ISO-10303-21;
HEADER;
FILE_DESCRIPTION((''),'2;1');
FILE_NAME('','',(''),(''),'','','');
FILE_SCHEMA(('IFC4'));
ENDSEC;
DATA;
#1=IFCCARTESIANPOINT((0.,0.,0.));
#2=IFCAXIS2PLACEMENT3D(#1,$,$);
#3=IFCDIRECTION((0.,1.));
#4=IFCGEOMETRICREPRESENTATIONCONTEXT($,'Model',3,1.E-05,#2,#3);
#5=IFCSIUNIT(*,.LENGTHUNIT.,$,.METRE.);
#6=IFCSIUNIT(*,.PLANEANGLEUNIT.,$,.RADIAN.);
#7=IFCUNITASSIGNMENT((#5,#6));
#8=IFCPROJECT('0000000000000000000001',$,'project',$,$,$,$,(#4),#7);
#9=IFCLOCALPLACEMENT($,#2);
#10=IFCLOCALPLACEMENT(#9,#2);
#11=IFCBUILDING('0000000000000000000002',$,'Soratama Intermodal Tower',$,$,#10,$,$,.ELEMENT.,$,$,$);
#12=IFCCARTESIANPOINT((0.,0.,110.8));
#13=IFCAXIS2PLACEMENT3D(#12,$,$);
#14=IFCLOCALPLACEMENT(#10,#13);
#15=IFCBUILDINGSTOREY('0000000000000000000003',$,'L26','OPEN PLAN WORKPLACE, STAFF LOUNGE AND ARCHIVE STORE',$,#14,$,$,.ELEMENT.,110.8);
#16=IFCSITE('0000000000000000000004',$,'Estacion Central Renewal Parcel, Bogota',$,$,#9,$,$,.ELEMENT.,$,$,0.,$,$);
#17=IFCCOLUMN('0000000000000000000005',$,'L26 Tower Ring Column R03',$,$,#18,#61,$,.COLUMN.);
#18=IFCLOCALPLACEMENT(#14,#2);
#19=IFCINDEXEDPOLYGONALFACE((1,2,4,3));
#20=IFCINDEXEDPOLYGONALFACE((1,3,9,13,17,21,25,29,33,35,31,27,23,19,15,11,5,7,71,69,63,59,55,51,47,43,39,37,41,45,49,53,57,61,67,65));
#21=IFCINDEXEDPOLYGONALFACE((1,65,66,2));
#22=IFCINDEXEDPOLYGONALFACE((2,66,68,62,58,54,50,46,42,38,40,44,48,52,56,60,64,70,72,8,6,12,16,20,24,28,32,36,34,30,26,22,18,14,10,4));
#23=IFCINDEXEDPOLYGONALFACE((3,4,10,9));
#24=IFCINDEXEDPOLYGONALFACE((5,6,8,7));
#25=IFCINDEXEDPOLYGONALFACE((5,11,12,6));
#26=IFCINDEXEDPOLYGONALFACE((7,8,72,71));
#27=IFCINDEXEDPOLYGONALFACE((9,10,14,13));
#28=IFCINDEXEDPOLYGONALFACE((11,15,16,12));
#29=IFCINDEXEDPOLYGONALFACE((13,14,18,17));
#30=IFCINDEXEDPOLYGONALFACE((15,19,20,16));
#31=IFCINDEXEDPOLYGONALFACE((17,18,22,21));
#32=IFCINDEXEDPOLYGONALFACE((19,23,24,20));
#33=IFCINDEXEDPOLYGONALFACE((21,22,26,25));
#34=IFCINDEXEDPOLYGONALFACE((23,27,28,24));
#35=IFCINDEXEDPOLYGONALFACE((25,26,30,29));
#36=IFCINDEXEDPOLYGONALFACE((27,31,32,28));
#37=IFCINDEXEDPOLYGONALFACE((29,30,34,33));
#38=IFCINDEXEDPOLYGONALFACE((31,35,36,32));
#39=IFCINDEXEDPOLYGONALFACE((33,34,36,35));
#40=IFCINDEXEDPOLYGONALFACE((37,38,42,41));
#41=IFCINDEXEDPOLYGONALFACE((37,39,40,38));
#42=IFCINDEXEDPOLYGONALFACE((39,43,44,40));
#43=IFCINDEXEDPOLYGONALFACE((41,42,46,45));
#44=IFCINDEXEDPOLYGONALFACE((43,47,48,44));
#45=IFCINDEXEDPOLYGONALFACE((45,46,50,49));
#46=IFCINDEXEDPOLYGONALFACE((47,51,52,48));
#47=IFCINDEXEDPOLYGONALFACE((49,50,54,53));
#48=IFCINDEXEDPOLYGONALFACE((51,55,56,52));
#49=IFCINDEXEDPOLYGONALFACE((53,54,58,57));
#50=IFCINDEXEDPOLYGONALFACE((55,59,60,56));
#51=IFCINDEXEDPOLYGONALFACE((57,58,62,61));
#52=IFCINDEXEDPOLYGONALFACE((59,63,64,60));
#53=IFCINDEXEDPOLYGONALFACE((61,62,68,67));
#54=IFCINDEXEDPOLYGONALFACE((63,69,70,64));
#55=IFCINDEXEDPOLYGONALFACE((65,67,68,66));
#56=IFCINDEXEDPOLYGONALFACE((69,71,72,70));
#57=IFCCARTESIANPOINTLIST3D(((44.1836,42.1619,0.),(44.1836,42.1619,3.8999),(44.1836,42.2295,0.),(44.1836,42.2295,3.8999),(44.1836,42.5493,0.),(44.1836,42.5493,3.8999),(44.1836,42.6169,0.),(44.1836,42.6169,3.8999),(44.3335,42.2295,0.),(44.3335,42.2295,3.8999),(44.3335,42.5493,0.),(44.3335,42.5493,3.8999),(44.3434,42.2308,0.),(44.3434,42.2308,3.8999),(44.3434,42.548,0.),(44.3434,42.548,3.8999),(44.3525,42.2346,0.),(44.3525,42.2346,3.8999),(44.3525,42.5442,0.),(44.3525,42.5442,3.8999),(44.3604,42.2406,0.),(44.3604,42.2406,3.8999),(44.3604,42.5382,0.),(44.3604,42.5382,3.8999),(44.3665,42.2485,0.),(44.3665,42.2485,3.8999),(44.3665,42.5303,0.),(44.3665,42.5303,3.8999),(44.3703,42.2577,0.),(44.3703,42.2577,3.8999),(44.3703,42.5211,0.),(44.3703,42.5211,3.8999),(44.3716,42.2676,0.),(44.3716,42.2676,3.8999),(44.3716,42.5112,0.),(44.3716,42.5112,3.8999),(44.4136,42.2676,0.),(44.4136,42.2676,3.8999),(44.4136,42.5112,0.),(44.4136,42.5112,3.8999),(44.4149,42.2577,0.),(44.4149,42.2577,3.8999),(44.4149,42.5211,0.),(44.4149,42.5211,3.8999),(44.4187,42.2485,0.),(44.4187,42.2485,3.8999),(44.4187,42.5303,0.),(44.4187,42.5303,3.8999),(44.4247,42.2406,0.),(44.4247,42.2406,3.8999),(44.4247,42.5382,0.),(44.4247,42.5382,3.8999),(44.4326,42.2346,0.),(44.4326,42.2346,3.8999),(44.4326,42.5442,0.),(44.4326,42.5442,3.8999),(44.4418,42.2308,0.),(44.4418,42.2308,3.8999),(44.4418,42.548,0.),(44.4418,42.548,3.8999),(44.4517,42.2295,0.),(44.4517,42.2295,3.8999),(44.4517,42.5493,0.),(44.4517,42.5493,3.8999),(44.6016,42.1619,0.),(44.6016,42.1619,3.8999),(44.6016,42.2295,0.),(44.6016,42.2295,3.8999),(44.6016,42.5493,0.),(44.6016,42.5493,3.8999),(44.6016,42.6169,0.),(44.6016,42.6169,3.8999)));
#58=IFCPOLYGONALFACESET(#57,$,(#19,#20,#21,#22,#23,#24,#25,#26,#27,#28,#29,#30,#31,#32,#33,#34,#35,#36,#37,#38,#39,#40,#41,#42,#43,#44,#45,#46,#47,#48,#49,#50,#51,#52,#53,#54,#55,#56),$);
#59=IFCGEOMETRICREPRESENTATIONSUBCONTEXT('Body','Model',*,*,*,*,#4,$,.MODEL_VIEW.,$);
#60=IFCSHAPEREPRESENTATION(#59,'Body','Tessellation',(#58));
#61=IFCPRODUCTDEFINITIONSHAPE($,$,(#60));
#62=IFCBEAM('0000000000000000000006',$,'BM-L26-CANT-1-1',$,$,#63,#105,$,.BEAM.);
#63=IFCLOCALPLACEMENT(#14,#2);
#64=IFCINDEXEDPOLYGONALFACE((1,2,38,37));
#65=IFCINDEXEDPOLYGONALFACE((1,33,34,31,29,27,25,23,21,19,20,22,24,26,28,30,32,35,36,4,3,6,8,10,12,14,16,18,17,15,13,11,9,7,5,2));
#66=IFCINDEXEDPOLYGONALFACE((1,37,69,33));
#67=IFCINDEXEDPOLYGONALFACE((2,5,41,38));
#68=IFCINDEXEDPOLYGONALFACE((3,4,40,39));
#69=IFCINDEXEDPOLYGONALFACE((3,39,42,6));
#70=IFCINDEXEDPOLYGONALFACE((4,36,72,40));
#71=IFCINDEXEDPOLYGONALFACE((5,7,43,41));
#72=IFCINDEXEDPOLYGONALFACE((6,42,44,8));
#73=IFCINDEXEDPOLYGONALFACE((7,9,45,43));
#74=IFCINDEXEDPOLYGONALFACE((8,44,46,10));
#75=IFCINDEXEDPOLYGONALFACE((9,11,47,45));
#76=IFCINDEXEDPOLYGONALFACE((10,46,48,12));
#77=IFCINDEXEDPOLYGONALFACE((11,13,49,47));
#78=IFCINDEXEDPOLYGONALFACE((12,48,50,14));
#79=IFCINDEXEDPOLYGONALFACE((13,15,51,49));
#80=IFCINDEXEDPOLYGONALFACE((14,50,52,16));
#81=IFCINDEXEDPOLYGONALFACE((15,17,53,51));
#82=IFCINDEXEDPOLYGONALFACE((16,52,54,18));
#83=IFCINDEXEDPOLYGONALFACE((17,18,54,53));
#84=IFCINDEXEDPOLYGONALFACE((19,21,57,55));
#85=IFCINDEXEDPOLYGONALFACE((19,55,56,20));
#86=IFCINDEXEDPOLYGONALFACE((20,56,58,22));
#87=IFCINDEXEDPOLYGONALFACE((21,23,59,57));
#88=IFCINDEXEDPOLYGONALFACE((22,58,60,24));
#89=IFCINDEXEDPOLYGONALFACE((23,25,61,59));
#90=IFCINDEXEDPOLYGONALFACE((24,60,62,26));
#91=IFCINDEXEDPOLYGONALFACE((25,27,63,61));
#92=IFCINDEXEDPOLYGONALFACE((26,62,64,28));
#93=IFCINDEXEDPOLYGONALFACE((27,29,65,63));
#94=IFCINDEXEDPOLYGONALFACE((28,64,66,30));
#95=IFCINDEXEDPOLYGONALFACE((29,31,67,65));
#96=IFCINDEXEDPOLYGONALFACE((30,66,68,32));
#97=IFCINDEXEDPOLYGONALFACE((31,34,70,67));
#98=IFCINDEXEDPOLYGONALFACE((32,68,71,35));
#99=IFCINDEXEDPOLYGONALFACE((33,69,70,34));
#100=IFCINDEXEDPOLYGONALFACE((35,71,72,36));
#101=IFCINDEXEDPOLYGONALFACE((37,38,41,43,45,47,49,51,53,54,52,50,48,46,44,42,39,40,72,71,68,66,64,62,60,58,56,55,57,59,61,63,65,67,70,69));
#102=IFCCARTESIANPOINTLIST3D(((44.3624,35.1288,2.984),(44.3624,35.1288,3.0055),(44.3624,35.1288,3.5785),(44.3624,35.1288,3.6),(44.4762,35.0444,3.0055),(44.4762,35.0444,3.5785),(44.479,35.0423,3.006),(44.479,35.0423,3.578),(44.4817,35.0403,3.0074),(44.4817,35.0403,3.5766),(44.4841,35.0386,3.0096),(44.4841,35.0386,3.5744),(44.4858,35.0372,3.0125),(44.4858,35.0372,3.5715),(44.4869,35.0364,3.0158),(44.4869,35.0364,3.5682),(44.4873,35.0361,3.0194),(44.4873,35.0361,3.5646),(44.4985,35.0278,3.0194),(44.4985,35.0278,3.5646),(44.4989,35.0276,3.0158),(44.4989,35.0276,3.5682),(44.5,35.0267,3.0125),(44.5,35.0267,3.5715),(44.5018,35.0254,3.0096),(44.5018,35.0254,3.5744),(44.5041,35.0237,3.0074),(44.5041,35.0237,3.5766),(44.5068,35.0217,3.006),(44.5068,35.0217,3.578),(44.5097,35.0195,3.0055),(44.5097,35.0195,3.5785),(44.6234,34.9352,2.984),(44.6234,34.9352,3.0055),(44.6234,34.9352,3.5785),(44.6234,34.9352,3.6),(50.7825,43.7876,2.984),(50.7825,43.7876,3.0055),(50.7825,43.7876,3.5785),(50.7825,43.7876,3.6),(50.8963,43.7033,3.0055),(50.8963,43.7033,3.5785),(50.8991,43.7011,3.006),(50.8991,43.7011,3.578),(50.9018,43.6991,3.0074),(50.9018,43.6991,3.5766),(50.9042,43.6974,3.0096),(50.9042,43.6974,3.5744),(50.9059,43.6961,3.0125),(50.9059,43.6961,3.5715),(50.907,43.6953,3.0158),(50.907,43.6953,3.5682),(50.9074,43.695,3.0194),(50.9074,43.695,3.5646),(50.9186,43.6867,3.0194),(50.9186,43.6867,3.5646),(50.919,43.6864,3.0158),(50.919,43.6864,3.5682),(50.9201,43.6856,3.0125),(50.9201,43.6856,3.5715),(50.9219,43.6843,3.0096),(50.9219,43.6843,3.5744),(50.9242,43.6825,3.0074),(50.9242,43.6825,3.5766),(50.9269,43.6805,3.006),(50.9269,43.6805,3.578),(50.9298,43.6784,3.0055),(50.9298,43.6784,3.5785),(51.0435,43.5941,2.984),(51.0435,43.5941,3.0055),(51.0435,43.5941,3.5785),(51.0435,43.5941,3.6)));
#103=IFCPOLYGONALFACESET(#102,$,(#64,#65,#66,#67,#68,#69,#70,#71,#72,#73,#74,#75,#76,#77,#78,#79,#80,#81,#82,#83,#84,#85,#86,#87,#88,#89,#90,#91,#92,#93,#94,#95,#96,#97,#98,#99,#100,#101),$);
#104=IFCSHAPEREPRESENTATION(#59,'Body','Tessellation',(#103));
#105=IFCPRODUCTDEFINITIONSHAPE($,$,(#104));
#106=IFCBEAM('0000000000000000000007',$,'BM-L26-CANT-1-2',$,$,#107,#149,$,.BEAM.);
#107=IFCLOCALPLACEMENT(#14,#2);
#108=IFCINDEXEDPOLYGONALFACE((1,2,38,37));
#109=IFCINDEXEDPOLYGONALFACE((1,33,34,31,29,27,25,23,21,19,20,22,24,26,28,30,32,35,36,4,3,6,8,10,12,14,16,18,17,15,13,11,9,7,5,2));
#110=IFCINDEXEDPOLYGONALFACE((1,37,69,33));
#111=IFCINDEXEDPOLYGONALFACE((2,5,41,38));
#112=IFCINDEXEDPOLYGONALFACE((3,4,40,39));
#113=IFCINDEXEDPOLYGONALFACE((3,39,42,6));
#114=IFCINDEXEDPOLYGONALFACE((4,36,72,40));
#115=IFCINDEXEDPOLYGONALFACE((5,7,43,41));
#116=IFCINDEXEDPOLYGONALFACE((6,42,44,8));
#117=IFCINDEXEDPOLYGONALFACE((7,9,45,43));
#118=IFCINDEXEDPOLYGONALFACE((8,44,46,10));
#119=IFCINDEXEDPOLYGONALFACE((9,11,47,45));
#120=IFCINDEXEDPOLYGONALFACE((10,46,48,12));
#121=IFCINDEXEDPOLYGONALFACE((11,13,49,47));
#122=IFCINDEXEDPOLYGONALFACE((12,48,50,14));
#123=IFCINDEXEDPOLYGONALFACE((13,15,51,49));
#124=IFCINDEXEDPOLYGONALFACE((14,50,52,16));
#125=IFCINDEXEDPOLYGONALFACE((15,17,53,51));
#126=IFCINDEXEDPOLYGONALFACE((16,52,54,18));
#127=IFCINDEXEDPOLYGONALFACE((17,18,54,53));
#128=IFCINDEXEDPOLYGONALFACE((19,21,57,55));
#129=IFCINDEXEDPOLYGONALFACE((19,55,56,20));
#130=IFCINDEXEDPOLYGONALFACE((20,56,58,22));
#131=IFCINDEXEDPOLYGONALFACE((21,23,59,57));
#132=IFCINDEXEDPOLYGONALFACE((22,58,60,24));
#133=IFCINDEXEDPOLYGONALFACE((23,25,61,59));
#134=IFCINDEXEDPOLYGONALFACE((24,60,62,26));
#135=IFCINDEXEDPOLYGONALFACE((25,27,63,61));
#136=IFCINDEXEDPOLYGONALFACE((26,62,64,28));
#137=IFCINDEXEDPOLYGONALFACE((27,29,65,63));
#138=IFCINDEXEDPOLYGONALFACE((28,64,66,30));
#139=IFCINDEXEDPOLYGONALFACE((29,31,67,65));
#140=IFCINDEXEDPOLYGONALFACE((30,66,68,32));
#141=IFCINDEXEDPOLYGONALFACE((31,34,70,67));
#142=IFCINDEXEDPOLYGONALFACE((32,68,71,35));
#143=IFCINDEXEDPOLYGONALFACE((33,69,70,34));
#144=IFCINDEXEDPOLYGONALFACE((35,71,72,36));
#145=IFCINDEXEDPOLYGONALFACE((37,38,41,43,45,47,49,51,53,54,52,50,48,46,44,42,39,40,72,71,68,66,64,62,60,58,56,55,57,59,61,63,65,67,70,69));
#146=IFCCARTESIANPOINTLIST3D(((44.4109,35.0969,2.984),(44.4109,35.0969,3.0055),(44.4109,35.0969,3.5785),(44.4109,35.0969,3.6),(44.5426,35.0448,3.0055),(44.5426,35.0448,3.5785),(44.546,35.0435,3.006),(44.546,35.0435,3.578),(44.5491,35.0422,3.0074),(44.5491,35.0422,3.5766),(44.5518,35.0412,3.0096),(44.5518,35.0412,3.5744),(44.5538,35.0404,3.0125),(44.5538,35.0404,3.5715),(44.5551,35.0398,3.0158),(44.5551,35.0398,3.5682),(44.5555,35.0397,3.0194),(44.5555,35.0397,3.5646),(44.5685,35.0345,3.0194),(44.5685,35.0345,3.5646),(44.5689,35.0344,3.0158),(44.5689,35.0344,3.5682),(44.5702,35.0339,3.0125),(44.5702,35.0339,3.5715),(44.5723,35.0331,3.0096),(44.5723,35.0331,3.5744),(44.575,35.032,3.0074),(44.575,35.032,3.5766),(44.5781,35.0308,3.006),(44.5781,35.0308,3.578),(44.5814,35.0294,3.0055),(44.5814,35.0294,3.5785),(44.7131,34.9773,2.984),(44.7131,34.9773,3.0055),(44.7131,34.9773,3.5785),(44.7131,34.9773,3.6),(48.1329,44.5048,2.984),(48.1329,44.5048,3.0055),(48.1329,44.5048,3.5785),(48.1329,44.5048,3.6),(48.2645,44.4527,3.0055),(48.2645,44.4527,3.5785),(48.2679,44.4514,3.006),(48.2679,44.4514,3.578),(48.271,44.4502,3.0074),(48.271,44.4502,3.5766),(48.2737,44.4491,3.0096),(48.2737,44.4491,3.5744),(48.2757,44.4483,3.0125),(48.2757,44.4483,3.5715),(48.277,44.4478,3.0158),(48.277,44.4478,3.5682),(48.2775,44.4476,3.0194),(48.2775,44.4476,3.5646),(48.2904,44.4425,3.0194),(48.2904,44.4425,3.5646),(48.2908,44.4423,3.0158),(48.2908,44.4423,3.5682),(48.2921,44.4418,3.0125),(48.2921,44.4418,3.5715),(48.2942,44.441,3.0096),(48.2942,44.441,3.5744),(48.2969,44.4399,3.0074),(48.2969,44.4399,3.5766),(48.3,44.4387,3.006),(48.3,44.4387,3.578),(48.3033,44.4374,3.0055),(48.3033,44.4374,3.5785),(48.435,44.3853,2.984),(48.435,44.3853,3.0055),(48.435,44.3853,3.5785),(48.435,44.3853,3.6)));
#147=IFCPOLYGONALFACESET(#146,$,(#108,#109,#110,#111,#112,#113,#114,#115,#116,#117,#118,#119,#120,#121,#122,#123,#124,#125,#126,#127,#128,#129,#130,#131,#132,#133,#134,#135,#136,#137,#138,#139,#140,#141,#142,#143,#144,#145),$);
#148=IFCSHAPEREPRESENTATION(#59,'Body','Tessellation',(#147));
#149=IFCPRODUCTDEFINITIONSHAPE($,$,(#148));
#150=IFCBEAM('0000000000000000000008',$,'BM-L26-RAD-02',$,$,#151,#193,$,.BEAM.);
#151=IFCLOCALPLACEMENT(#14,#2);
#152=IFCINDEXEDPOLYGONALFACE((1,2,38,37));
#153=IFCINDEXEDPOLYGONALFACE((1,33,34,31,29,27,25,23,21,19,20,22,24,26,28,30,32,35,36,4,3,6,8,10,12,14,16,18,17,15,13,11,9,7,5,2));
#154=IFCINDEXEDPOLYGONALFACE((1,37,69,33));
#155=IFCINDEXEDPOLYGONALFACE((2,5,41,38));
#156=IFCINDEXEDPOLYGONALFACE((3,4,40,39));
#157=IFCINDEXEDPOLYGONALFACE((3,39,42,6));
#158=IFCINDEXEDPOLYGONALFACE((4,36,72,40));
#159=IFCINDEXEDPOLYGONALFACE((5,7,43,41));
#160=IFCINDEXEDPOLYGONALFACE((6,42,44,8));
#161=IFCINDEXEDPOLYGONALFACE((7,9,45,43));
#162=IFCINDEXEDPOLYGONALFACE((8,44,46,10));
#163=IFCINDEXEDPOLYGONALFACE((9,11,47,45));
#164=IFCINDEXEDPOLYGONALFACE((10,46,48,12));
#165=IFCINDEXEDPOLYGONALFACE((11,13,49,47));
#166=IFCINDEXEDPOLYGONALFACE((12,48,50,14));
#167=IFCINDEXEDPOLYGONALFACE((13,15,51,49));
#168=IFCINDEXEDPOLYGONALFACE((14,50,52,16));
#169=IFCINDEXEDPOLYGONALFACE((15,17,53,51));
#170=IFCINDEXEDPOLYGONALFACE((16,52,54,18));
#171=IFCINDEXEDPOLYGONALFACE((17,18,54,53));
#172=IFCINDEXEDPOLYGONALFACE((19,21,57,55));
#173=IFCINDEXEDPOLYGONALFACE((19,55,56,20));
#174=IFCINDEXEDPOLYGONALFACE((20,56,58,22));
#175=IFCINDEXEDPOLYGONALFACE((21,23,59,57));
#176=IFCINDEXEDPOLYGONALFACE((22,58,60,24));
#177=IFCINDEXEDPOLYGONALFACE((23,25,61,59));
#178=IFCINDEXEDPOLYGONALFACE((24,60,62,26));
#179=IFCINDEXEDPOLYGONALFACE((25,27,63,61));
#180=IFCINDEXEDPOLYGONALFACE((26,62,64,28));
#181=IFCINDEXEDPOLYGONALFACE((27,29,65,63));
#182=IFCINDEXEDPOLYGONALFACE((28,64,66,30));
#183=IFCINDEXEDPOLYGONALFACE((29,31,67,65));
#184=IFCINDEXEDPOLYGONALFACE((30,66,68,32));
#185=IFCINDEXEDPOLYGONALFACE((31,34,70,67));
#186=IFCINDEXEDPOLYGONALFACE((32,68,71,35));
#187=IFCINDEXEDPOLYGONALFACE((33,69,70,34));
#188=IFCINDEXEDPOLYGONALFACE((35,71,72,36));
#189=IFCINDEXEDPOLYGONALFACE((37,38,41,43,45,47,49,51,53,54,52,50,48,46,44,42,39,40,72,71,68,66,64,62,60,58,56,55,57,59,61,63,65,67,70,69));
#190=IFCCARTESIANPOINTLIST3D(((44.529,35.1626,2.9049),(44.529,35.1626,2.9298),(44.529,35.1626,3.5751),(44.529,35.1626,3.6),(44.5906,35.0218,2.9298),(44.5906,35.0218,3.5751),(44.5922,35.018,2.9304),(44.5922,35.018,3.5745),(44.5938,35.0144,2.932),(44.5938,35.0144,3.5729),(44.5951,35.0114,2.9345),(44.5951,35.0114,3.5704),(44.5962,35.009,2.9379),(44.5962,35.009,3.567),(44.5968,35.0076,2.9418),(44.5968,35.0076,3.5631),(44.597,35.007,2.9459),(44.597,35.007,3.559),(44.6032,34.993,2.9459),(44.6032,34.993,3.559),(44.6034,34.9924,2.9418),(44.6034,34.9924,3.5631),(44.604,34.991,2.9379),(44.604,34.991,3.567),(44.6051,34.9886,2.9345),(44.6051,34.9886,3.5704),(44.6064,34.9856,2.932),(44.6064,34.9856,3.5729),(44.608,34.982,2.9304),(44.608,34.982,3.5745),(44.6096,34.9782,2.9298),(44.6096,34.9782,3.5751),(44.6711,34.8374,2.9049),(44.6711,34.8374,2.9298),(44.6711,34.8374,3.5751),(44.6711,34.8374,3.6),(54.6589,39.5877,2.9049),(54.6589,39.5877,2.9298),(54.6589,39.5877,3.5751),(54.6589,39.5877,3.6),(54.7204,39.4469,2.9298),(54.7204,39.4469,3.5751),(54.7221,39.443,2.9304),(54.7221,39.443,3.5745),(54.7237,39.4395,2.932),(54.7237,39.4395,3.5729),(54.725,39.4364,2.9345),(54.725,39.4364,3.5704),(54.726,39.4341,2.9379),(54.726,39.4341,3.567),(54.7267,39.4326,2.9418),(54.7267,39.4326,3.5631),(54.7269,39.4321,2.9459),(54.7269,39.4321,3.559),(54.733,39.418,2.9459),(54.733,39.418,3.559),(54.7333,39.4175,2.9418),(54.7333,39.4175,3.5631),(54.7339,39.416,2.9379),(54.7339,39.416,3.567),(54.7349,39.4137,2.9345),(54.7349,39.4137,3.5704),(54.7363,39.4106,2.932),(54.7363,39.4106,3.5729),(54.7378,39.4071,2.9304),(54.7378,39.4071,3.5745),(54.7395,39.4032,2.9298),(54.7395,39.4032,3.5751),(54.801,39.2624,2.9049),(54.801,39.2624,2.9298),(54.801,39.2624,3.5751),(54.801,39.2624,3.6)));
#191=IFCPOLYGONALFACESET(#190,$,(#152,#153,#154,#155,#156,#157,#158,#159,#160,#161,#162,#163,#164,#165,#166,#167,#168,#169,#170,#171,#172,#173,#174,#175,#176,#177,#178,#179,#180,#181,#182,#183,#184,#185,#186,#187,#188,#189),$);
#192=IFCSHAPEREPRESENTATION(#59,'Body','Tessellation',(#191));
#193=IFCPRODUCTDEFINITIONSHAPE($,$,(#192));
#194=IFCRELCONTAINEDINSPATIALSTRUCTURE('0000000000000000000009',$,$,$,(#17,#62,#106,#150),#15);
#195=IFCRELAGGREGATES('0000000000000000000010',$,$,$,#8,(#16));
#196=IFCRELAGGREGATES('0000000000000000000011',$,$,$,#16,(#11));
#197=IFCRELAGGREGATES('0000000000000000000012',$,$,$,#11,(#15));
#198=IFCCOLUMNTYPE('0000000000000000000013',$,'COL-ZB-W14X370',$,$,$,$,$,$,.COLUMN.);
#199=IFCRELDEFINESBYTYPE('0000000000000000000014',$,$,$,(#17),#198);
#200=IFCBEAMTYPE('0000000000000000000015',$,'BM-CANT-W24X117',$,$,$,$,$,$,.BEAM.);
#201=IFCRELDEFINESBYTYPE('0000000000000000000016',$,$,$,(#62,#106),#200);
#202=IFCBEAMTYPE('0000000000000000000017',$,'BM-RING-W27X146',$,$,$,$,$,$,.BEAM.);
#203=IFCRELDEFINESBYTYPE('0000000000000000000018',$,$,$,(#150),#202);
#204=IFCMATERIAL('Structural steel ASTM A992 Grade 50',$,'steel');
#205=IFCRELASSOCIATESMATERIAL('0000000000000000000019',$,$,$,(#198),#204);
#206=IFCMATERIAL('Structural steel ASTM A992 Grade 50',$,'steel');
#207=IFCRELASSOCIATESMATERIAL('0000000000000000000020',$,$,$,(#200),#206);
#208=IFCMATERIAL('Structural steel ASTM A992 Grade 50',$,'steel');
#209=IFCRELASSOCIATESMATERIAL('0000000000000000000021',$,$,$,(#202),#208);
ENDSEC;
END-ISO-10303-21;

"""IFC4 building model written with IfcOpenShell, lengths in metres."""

from ifc_helpers import new_model, si_unit, direction, frame, origin, origin_2d, place, context, subcontext, project, spatial, i_section, extrude, material, material_profile, profile_set, type_object, element, save


model = new_model("IFC4")

# Units and contexts
model_context = context("Model", 3, precision=1e-05, world=origin(), true_north=direction((0.0, 1.0)))
body_context = subcontext(model_context, "Body", "Model", "MODEL_VIEW")
ifc_project = project(units=[si_unit("LENGTHUNIT", "METRE"), si_unit("PLANEANGLEUNIT", "RADIAN")], contexts=[model_context])

# Site, building, storey
site_placement = place(None, origin())
site = spatial("IfcSite", under=ifc_project, at=site_placement, Name="Estacion Central Renewal Parcel, Bogota", CompositionType="ELEMENT", RefElevation=0.0)
building_placement = place(site_placement, origin())
building = spatial("IfcBuilding", under=site, at=building_placement, Name="Soratama Intermodal Tower", CompositionType="ELEMENT")
storey_placement = place(building_placement, frame((0.0, 0.0, 110.8)))
storey = spatial("IfcBuildingStorey", under=building, at=storey_placement, Name="L26", Description="OPEN PLAN WORKPLACE, STAFF LOUNGE AND ARCHIVE STORE", CompositionType="ELEMENT", Elevation=110.8)

# Column
ifc_material_1 = material(Name="Structural steel ASTM A992 Grade 50", Category="steel")
ifc_material_profile_1 = material_profile(ifc_material_1, i_section(OverallWidth=0.418, OverallDepth=0.4551, WebThickness=0.042, FlangeThickness=0.0676, FilletRadius=0.0381, at=origin_2d()), Name="W14X370")
ifc_profile_set_1 = profile_set([ifc_material_profile_1], Name="Structural steel ASTM A992 Grade 50")
column_type = type_object("IfcColumnType", Name="COL-ZB-W14X370", PredefinedType="COLUMN", material=ifc_profile_set_1)
column_placement = place(storey_placement, frame((44.3926, 42.3894, 0.0), z_axis=(0.0, 0.0, 1.0), x_axis=(1.0, 0.0, 0.0)))
element("IfcColumn", 1, at=column_placement, inside=storey, type_object=column_type, Name="L26 Tower Ring Column R03", PredefinedType="COLUMN", context=body_context, shape_type="SweptSolid", body=[
    extrude(i_section(OverallWidth=0.418, OverallDepth=0.4551, WebThickness=0.042, FlangeThickness=0.0676, FilletRadius=0.0381, at=origin_2d()), origin(), (0.0, 0.0, 1.0), 3.8999),
])

# Beams
ifc_material_2 = material(Name="Structural steel ASTM A992 Grade 50", Category="steel")
ifc_material_profile_2 = material_profile(ifc_material_2, i_section(OverallWidth=0.325, OverallDepth=0.616, WebThickness=0.0139, FlangeThickness=0.0215, FilletRadius=0.0139, at=origin_2d()), Name="W24X117")
ifc_profile_set_2 = profile_set([ifc_material_profile_2], Name="Structural steel ASTM A992 Grade 50")
beam_type_1 = type_object("IfcBeamType", Name="BM-CANT-W24X117", PredefinedType="BEAM", material=ifc_profile_set_2)
beam_1_placement = place(storey_placement, frame((44.4929, 35.032, 3.292), z_axis=(0.595595, 0.803285, 0.0), x_axis=(-0.803285, 0.595595, 0.0)))
element("IfcBeam", 2, at=beam_1_placement, inside=storey, type_object=beam_type_1, Name="BM-L26-CANT-1-1", PredefinedType="BEAM", context=body_context, shape_type="SweptSolid", body=[
    extrude(i_section(OverallWidth=0.325, OverallDepth=0.616, WebThickness=0.0139, FlangeThickness=0.0215, FilletRadius=0.0139, at=origin_2d()), origin(), (0.0, 0.0, 1.0), 10.7793),
])
beam_2_placement = place(storey_placement, frame((44.562, 35.0371, 3.292), z_axis=(0.367872, 0.929876, 0.0), x_axis=(-0.929876, 0.367872, 0.0)))
element("IfcBeam", 3, at=beam_2_placement, inside=storey, type_object=beam_type_1, Name="BM-L26-CANT-1-2", PredefinedType="BEAM", context=body_context, shape_type="SweptSolid", body=[
    extrude(i_section(OverallWidth=0.325, OverallDepth=0.616, WebThickness=0.0139, FlangeThickness=0.0215, FilletRadius=0.0139, at=origin_2d()), origin(), (0.0, 0.0, 1.0), 10.1174),
])
ifc_material_3 = material(Name="Structural steel ASTM A992 Grade 50", Category="steel")
ifc_material_profile_3 = material_profile(ifc_material_3, i_section(OverallWidth=0.355, OverallDepth=0.6951, WebThickness=0.0154, FlangeThickness=0.0249, FilletRadius=0.0161, at=origin_2d()), Name="W27X146")
ifc_profile_set_3 = profile_set([ifc_material_profile_3], Name="Structural steel ASTM A992 Grade 50")
beam_type_2 = type_object("IfcBeamType", Name="BM-RING-W27X146", PredefinedType="BEAM", material=ifc_profile_set_3)
beam_3_placement = place(storey_placement, frame((44.6001, 35.0, 3.2524), z_axis=(0.916382, 0.400304, 0.0), x_axis=(-0.400304, 0.916382, 0.0)))
element("IfcBeam", 4, at=beam_3_placement, inside=storey, type_object=beam_type_2, Name="BM-L26-RAD-02", PredefinedType="BEAM", context=body_context, shape_type="SweptSolid", body=[
    extrude(i_section(OverallWidth=0.355, OverallDepth=0.6951, WebThickness=0.0154, FlangeThickness=0.0249, FilletRadius=0.0161, at=origin_2d()), origin(), (0.0, 0.0, 1.0), 11.0542),
])

save(model, "model.ifc")
